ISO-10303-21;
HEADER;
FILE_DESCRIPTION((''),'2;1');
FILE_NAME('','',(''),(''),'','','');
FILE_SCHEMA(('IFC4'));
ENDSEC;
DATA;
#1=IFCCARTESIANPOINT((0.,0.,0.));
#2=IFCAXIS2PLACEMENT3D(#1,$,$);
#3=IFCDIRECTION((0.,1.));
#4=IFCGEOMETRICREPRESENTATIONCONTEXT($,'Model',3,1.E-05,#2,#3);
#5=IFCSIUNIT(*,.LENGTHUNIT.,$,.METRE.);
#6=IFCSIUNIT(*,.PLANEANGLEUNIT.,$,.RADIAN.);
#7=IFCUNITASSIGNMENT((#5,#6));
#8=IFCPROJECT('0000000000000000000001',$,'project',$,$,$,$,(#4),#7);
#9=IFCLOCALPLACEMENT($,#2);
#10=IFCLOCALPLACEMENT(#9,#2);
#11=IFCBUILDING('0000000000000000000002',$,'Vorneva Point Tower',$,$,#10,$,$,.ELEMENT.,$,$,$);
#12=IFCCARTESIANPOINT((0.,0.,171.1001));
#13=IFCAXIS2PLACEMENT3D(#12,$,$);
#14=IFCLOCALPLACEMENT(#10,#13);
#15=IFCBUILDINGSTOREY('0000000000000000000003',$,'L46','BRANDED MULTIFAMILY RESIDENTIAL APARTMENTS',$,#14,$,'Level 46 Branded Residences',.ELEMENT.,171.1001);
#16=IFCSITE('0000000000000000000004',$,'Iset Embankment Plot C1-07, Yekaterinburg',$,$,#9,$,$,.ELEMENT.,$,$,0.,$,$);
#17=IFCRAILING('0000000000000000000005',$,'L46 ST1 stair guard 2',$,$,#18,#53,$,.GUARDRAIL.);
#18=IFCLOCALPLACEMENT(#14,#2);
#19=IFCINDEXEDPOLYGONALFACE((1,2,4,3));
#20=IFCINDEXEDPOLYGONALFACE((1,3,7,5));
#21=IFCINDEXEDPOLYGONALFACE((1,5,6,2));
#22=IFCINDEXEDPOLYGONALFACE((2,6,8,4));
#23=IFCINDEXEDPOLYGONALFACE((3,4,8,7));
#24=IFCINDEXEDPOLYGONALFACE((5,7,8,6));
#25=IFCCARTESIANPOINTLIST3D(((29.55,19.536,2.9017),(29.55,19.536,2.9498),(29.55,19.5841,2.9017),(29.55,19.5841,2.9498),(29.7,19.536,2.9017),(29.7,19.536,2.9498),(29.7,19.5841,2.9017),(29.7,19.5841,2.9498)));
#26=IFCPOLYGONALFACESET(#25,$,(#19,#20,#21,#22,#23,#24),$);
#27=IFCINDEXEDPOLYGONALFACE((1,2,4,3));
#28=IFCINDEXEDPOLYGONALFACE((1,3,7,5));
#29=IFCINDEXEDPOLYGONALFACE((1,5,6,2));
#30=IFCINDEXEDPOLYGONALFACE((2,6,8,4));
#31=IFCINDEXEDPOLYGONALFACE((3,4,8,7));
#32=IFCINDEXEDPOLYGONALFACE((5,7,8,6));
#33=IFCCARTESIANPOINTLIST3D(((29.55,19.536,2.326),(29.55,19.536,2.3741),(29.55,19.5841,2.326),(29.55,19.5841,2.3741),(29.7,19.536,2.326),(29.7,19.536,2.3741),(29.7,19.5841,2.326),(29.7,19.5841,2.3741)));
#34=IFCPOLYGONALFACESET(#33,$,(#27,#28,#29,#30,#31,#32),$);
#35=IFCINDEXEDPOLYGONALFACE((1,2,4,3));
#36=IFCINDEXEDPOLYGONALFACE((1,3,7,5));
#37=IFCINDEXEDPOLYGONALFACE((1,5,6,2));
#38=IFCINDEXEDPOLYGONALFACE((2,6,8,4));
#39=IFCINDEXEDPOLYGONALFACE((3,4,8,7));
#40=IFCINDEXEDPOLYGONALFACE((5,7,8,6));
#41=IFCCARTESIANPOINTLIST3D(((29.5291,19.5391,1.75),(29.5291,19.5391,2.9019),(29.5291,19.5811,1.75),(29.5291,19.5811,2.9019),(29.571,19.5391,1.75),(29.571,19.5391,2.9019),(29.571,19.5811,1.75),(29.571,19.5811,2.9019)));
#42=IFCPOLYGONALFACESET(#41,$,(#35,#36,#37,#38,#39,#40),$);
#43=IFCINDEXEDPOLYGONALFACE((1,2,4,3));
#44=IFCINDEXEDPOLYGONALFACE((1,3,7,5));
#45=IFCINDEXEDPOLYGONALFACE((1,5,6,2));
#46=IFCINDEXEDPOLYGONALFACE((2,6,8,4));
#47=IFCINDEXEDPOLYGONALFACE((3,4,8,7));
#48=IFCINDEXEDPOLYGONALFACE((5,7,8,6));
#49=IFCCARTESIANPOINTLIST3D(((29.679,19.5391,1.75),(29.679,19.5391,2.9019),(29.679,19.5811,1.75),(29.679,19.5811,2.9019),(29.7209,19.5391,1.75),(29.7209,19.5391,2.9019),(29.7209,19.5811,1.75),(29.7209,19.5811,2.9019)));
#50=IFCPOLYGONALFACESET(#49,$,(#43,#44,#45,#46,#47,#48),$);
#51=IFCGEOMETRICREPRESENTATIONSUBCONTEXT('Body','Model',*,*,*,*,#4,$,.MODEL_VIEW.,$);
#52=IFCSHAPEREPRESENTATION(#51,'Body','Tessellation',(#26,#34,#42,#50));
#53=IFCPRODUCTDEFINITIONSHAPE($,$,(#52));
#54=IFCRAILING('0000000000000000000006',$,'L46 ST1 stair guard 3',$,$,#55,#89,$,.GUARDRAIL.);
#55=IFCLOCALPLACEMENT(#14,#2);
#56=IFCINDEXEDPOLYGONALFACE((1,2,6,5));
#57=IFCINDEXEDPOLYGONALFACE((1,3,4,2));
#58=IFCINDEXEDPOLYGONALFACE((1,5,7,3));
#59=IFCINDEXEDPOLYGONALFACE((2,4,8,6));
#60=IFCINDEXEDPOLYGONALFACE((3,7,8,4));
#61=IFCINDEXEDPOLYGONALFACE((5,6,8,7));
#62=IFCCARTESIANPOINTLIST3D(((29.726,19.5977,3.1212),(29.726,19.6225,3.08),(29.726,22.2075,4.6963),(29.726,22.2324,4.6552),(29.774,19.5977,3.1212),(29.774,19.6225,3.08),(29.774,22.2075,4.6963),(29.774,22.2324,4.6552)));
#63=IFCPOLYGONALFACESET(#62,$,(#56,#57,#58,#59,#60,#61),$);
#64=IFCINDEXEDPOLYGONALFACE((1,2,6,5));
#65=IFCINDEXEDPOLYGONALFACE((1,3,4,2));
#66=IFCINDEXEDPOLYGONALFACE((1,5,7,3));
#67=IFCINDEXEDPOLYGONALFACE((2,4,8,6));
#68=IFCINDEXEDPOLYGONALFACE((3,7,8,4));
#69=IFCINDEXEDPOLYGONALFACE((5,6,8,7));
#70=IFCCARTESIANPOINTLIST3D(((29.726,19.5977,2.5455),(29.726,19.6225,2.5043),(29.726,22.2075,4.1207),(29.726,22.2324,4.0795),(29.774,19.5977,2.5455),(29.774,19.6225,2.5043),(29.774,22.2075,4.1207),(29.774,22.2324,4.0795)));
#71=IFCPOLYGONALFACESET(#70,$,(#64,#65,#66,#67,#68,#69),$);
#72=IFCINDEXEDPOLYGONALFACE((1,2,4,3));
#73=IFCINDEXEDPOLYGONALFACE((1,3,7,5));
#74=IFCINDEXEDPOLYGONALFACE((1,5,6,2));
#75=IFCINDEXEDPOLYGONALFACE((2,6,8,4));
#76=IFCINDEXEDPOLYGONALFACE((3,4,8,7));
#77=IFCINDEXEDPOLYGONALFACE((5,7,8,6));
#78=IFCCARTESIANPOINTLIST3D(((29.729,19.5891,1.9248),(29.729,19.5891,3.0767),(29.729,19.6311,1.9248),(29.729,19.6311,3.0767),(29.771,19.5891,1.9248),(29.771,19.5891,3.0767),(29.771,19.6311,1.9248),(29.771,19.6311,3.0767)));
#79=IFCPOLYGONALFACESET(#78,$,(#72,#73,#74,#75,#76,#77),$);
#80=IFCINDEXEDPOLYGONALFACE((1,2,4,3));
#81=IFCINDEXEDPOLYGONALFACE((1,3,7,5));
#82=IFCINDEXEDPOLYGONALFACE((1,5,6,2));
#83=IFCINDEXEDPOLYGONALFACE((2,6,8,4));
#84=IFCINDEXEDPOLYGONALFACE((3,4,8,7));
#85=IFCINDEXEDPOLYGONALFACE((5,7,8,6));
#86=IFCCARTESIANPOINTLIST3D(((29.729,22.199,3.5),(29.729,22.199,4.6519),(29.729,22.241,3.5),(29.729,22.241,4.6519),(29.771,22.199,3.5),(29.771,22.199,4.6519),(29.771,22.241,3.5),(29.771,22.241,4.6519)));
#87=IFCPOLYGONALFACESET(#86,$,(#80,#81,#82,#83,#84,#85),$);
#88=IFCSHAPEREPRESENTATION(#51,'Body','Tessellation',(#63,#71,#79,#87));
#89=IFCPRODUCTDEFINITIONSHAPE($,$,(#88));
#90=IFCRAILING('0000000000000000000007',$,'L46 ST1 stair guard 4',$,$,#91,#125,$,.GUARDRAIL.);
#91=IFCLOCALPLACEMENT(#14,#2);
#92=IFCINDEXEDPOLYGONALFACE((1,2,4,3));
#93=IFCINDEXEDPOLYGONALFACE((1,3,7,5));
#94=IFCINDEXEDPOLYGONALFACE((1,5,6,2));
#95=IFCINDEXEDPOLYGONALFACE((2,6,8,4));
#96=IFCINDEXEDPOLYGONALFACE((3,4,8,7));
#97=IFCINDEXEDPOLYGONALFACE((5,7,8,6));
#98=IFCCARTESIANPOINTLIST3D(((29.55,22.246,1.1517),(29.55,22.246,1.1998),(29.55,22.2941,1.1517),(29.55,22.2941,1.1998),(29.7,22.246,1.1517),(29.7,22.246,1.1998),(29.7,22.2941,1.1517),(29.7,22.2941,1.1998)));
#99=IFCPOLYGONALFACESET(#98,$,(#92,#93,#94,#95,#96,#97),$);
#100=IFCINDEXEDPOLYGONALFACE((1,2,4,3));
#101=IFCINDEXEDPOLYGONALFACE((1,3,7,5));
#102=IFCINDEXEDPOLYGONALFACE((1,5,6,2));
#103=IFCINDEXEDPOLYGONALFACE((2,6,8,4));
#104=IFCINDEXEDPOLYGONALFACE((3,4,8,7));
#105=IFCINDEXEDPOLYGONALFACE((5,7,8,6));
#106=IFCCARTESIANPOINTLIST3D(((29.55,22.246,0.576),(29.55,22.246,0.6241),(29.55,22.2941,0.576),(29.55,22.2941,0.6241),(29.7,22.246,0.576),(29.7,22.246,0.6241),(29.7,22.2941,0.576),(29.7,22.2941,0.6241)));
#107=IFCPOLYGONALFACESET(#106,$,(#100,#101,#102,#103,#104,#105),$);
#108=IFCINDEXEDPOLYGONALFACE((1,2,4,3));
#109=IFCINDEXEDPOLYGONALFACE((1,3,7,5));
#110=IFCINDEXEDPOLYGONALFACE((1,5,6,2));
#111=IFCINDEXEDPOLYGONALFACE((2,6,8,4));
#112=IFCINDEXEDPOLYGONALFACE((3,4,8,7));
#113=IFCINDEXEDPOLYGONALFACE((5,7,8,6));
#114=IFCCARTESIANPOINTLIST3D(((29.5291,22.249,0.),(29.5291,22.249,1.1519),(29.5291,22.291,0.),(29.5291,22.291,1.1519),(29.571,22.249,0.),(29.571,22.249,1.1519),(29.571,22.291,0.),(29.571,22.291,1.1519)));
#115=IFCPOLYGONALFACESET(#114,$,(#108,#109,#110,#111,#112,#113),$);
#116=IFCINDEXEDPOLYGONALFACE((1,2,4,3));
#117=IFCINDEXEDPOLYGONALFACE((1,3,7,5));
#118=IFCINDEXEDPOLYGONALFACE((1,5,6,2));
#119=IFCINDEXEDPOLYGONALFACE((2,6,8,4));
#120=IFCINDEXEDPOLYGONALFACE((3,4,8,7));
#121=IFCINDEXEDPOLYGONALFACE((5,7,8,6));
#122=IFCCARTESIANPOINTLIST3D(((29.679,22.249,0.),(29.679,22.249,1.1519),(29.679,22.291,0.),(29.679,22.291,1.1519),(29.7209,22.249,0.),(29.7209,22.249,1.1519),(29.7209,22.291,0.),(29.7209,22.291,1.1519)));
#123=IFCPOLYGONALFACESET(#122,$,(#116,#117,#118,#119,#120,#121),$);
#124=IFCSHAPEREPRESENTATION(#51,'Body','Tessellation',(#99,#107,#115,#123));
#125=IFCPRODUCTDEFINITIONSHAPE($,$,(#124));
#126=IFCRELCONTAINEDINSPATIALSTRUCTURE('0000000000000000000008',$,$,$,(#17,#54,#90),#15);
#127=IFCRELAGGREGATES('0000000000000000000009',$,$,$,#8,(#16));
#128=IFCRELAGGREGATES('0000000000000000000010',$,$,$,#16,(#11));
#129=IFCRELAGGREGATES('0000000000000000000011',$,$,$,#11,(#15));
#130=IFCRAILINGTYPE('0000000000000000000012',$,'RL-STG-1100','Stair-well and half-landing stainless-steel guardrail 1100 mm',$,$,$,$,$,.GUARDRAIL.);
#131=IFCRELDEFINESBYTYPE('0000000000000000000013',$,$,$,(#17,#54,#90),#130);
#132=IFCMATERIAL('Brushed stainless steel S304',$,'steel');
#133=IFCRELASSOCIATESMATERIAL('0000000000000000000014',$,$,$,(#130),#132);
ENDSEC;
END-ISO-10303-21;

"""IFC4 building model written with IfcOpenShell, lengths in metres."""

from ifc_helpers import new_model, si_unit, direction, frame, origin, origin_2d, place, context, subcontext, project, spatial, rectangle, extrude, material, type_object, element, save


model = new_model("IFC4")

# Units and contexts
model_context = context("Model", 3, precision=1e-05, world=origin(), true_north=direction((0.0, 1.0)))
body_context = subcontext(model_context, "Body", "Model", "MODEL_VIEW")
ifc_project = project(units=[si_unit("LENGTHUNIT", "METRE"), si_unit("PLANEANGLEUNIT", "RADIAN")], contexts=[model_context])

# Site, building, storey
site_placement = place(None, origin())
site = spatial("IfcSite", under=ifc_project, at=site_placement, Name="Iset Embankment Plot C1-07, Yekaterinburg", CompositionType="ELEMENT", RefElevation=0.0)
building_placement = place(site_placement, origin())
building = spatial("IfcBuilding", under=site, at=building_placement, Name="Vorneva Point Tower", CompositionType="ELEMENT")
storey_placement = place(building_placement, frame((0.0, 0.0, 171.1001)))
storey = spatial("IfcBuildingStorey", under=building, at=storey_placement, Name="L46", Description="BRANDED MULTIFAMILY RESIDENTIAL APARTMENTS", LongName="Level 46 Branded Residences", CompositionType="ELEMENT", Elevation=171.1001)

# Shared definitions
ifc_material_1 = material(Name="Brushed stainless steel S304", Category="steel")

# Railings
railing_type_1 = type_object("IfcRailingType", Name="RL-STG-1100", Description="Stair-well and half-landing stainless-steel guardrail 1100 mm", PredefinedType="GUARDRAIL", material=ifc_material_1)
railing_1_placement = place(storey_placement, frame((29.55, 19.5601, 1.75)))
element("IfcRailing", 1, at=railing_1_placement, inside=storey, type_object=railing_type_1, Name="L46 ST1 stair guard 2", PredefinedType="GUARDRAIL", context=body_context, shape_type="SweptSolid", body=[
    extrude(rectangle(XDim=0.0481, YDim=0.0481, at=origin_2d()), frame((0.0, 0.0, 1.1758), z_axis=(1.0, 0.0, 0.0), x_axis=(0.0, 1.0, 0.0)), (0.0, 0.0, 1.0), 0.1499),
    extrude(rectangle(XDim=0.0481, YDim=0.0481, at=origin_2d()), frame((0.0, 0.0, 0.6001), z_axis=(1.0, 0.0, 0.0), x_axis=(0.0, 1.0, 0.0)), (0.0, 0.0, 1.0), 0.1499),
    extrude(rectangle(XDim=0.042, YDim=0.042, at=origin_2d()), origin(), (0.0, 0.0, 1.0), 1.1519),
    extrude(rectangle(XDim=0.042, YDim=0.042, at=origin_2d()), frame((0.1499, 0.0, 0.0)), (0.0, 0.0, 1.0), 1.1519),
])
railing_2_placement = place(storey_placement, frame((29.75, 19.6101, 1.9248)))
element("IfcRailing", 2, at=railing_2_placement, inside=storey, type_object=railing_type_1, Name="L46 ST1 stair guard 3", PredefinedType="GUARDRAIL", context=body_context, shape_type="SweptSolid", body=[
    extrude(rectangle(XDim=0.0481, YDim=0.0481, at=origin_2d()), frame((0.0, 0.0, 1.1758), z_axis=(0.0, 0.856147, 0.516732), x_axis=(-1.0, 0.0, 0.0)), (0.0, 0.0, 1.0), 3.0483),
    extrude(rectangle(XDim=0.0481, YDim=0.0481, at=origin_2d()), frame((0.0, 0.0, 0.6001), z_axis=(0.0, 0.856147, 0.516732), x_axis=(-1.0, 0.0, 0.0)), (0.0, 0.0, 1.0), 3.0483),
    extrude(rectangle(XDim=0.042, YDim=0.042, at=origin_2d()), origin(), (0.0, 0.0, 1.0), 1.1519),
    extrude(rectangle(XDim=0.042, YDim=0.042, at=origin_2d()), frame((0.0, 2.6099, 1.5752)), (0.0, 0.0, 1.0), 1.1519),
])
railing_3_placement = place(storey_placement, frame((29.55, 22.27, 0.0)))
element("IfcRailing", 3, at=railing_3_placement, inside=storey, type_object=railing_type_1, Name="L46 ST1 stair guard 4", PredefinedType="GUARDRAIL", context=body_context, shape_type="SweptSolid", body=[
    extrude(rectangle(XDim=0.0481, YDim=0.0481, at=origin_2d()), frame((0.0, 0.0, 1.1758), z_axis=(1.0, 0.0, 0.0), x_axis=(0.0, 1.0, 0.0)), (0.0, 0.0, 1.0), 0.1499),
    extrude(rectangle(XDim=0.0481, YDim=0.0481, at=origin_2d()), frame((0.0, 0.0, 0.6001), z_axis=(1.0, 0.0, 0.0), x_axis=(0.0, 1.0, 0.0)), (0.0, 0.0, 1.0), 0.1499),
    extrude(rectangle(XDim=0.042, YDim=0.042, at=origin_2d()), origin(), (0.0, 0.0, 1.0), 1.1519),
    extrude(rectangle(XDim=0.042, YDim=0.042, at=origin_2d()), frame((0.1499, 0.0, 0.0)), (0.0, 0.0, 1.0), 1.1519),
])

save(model, "model.ifc")
